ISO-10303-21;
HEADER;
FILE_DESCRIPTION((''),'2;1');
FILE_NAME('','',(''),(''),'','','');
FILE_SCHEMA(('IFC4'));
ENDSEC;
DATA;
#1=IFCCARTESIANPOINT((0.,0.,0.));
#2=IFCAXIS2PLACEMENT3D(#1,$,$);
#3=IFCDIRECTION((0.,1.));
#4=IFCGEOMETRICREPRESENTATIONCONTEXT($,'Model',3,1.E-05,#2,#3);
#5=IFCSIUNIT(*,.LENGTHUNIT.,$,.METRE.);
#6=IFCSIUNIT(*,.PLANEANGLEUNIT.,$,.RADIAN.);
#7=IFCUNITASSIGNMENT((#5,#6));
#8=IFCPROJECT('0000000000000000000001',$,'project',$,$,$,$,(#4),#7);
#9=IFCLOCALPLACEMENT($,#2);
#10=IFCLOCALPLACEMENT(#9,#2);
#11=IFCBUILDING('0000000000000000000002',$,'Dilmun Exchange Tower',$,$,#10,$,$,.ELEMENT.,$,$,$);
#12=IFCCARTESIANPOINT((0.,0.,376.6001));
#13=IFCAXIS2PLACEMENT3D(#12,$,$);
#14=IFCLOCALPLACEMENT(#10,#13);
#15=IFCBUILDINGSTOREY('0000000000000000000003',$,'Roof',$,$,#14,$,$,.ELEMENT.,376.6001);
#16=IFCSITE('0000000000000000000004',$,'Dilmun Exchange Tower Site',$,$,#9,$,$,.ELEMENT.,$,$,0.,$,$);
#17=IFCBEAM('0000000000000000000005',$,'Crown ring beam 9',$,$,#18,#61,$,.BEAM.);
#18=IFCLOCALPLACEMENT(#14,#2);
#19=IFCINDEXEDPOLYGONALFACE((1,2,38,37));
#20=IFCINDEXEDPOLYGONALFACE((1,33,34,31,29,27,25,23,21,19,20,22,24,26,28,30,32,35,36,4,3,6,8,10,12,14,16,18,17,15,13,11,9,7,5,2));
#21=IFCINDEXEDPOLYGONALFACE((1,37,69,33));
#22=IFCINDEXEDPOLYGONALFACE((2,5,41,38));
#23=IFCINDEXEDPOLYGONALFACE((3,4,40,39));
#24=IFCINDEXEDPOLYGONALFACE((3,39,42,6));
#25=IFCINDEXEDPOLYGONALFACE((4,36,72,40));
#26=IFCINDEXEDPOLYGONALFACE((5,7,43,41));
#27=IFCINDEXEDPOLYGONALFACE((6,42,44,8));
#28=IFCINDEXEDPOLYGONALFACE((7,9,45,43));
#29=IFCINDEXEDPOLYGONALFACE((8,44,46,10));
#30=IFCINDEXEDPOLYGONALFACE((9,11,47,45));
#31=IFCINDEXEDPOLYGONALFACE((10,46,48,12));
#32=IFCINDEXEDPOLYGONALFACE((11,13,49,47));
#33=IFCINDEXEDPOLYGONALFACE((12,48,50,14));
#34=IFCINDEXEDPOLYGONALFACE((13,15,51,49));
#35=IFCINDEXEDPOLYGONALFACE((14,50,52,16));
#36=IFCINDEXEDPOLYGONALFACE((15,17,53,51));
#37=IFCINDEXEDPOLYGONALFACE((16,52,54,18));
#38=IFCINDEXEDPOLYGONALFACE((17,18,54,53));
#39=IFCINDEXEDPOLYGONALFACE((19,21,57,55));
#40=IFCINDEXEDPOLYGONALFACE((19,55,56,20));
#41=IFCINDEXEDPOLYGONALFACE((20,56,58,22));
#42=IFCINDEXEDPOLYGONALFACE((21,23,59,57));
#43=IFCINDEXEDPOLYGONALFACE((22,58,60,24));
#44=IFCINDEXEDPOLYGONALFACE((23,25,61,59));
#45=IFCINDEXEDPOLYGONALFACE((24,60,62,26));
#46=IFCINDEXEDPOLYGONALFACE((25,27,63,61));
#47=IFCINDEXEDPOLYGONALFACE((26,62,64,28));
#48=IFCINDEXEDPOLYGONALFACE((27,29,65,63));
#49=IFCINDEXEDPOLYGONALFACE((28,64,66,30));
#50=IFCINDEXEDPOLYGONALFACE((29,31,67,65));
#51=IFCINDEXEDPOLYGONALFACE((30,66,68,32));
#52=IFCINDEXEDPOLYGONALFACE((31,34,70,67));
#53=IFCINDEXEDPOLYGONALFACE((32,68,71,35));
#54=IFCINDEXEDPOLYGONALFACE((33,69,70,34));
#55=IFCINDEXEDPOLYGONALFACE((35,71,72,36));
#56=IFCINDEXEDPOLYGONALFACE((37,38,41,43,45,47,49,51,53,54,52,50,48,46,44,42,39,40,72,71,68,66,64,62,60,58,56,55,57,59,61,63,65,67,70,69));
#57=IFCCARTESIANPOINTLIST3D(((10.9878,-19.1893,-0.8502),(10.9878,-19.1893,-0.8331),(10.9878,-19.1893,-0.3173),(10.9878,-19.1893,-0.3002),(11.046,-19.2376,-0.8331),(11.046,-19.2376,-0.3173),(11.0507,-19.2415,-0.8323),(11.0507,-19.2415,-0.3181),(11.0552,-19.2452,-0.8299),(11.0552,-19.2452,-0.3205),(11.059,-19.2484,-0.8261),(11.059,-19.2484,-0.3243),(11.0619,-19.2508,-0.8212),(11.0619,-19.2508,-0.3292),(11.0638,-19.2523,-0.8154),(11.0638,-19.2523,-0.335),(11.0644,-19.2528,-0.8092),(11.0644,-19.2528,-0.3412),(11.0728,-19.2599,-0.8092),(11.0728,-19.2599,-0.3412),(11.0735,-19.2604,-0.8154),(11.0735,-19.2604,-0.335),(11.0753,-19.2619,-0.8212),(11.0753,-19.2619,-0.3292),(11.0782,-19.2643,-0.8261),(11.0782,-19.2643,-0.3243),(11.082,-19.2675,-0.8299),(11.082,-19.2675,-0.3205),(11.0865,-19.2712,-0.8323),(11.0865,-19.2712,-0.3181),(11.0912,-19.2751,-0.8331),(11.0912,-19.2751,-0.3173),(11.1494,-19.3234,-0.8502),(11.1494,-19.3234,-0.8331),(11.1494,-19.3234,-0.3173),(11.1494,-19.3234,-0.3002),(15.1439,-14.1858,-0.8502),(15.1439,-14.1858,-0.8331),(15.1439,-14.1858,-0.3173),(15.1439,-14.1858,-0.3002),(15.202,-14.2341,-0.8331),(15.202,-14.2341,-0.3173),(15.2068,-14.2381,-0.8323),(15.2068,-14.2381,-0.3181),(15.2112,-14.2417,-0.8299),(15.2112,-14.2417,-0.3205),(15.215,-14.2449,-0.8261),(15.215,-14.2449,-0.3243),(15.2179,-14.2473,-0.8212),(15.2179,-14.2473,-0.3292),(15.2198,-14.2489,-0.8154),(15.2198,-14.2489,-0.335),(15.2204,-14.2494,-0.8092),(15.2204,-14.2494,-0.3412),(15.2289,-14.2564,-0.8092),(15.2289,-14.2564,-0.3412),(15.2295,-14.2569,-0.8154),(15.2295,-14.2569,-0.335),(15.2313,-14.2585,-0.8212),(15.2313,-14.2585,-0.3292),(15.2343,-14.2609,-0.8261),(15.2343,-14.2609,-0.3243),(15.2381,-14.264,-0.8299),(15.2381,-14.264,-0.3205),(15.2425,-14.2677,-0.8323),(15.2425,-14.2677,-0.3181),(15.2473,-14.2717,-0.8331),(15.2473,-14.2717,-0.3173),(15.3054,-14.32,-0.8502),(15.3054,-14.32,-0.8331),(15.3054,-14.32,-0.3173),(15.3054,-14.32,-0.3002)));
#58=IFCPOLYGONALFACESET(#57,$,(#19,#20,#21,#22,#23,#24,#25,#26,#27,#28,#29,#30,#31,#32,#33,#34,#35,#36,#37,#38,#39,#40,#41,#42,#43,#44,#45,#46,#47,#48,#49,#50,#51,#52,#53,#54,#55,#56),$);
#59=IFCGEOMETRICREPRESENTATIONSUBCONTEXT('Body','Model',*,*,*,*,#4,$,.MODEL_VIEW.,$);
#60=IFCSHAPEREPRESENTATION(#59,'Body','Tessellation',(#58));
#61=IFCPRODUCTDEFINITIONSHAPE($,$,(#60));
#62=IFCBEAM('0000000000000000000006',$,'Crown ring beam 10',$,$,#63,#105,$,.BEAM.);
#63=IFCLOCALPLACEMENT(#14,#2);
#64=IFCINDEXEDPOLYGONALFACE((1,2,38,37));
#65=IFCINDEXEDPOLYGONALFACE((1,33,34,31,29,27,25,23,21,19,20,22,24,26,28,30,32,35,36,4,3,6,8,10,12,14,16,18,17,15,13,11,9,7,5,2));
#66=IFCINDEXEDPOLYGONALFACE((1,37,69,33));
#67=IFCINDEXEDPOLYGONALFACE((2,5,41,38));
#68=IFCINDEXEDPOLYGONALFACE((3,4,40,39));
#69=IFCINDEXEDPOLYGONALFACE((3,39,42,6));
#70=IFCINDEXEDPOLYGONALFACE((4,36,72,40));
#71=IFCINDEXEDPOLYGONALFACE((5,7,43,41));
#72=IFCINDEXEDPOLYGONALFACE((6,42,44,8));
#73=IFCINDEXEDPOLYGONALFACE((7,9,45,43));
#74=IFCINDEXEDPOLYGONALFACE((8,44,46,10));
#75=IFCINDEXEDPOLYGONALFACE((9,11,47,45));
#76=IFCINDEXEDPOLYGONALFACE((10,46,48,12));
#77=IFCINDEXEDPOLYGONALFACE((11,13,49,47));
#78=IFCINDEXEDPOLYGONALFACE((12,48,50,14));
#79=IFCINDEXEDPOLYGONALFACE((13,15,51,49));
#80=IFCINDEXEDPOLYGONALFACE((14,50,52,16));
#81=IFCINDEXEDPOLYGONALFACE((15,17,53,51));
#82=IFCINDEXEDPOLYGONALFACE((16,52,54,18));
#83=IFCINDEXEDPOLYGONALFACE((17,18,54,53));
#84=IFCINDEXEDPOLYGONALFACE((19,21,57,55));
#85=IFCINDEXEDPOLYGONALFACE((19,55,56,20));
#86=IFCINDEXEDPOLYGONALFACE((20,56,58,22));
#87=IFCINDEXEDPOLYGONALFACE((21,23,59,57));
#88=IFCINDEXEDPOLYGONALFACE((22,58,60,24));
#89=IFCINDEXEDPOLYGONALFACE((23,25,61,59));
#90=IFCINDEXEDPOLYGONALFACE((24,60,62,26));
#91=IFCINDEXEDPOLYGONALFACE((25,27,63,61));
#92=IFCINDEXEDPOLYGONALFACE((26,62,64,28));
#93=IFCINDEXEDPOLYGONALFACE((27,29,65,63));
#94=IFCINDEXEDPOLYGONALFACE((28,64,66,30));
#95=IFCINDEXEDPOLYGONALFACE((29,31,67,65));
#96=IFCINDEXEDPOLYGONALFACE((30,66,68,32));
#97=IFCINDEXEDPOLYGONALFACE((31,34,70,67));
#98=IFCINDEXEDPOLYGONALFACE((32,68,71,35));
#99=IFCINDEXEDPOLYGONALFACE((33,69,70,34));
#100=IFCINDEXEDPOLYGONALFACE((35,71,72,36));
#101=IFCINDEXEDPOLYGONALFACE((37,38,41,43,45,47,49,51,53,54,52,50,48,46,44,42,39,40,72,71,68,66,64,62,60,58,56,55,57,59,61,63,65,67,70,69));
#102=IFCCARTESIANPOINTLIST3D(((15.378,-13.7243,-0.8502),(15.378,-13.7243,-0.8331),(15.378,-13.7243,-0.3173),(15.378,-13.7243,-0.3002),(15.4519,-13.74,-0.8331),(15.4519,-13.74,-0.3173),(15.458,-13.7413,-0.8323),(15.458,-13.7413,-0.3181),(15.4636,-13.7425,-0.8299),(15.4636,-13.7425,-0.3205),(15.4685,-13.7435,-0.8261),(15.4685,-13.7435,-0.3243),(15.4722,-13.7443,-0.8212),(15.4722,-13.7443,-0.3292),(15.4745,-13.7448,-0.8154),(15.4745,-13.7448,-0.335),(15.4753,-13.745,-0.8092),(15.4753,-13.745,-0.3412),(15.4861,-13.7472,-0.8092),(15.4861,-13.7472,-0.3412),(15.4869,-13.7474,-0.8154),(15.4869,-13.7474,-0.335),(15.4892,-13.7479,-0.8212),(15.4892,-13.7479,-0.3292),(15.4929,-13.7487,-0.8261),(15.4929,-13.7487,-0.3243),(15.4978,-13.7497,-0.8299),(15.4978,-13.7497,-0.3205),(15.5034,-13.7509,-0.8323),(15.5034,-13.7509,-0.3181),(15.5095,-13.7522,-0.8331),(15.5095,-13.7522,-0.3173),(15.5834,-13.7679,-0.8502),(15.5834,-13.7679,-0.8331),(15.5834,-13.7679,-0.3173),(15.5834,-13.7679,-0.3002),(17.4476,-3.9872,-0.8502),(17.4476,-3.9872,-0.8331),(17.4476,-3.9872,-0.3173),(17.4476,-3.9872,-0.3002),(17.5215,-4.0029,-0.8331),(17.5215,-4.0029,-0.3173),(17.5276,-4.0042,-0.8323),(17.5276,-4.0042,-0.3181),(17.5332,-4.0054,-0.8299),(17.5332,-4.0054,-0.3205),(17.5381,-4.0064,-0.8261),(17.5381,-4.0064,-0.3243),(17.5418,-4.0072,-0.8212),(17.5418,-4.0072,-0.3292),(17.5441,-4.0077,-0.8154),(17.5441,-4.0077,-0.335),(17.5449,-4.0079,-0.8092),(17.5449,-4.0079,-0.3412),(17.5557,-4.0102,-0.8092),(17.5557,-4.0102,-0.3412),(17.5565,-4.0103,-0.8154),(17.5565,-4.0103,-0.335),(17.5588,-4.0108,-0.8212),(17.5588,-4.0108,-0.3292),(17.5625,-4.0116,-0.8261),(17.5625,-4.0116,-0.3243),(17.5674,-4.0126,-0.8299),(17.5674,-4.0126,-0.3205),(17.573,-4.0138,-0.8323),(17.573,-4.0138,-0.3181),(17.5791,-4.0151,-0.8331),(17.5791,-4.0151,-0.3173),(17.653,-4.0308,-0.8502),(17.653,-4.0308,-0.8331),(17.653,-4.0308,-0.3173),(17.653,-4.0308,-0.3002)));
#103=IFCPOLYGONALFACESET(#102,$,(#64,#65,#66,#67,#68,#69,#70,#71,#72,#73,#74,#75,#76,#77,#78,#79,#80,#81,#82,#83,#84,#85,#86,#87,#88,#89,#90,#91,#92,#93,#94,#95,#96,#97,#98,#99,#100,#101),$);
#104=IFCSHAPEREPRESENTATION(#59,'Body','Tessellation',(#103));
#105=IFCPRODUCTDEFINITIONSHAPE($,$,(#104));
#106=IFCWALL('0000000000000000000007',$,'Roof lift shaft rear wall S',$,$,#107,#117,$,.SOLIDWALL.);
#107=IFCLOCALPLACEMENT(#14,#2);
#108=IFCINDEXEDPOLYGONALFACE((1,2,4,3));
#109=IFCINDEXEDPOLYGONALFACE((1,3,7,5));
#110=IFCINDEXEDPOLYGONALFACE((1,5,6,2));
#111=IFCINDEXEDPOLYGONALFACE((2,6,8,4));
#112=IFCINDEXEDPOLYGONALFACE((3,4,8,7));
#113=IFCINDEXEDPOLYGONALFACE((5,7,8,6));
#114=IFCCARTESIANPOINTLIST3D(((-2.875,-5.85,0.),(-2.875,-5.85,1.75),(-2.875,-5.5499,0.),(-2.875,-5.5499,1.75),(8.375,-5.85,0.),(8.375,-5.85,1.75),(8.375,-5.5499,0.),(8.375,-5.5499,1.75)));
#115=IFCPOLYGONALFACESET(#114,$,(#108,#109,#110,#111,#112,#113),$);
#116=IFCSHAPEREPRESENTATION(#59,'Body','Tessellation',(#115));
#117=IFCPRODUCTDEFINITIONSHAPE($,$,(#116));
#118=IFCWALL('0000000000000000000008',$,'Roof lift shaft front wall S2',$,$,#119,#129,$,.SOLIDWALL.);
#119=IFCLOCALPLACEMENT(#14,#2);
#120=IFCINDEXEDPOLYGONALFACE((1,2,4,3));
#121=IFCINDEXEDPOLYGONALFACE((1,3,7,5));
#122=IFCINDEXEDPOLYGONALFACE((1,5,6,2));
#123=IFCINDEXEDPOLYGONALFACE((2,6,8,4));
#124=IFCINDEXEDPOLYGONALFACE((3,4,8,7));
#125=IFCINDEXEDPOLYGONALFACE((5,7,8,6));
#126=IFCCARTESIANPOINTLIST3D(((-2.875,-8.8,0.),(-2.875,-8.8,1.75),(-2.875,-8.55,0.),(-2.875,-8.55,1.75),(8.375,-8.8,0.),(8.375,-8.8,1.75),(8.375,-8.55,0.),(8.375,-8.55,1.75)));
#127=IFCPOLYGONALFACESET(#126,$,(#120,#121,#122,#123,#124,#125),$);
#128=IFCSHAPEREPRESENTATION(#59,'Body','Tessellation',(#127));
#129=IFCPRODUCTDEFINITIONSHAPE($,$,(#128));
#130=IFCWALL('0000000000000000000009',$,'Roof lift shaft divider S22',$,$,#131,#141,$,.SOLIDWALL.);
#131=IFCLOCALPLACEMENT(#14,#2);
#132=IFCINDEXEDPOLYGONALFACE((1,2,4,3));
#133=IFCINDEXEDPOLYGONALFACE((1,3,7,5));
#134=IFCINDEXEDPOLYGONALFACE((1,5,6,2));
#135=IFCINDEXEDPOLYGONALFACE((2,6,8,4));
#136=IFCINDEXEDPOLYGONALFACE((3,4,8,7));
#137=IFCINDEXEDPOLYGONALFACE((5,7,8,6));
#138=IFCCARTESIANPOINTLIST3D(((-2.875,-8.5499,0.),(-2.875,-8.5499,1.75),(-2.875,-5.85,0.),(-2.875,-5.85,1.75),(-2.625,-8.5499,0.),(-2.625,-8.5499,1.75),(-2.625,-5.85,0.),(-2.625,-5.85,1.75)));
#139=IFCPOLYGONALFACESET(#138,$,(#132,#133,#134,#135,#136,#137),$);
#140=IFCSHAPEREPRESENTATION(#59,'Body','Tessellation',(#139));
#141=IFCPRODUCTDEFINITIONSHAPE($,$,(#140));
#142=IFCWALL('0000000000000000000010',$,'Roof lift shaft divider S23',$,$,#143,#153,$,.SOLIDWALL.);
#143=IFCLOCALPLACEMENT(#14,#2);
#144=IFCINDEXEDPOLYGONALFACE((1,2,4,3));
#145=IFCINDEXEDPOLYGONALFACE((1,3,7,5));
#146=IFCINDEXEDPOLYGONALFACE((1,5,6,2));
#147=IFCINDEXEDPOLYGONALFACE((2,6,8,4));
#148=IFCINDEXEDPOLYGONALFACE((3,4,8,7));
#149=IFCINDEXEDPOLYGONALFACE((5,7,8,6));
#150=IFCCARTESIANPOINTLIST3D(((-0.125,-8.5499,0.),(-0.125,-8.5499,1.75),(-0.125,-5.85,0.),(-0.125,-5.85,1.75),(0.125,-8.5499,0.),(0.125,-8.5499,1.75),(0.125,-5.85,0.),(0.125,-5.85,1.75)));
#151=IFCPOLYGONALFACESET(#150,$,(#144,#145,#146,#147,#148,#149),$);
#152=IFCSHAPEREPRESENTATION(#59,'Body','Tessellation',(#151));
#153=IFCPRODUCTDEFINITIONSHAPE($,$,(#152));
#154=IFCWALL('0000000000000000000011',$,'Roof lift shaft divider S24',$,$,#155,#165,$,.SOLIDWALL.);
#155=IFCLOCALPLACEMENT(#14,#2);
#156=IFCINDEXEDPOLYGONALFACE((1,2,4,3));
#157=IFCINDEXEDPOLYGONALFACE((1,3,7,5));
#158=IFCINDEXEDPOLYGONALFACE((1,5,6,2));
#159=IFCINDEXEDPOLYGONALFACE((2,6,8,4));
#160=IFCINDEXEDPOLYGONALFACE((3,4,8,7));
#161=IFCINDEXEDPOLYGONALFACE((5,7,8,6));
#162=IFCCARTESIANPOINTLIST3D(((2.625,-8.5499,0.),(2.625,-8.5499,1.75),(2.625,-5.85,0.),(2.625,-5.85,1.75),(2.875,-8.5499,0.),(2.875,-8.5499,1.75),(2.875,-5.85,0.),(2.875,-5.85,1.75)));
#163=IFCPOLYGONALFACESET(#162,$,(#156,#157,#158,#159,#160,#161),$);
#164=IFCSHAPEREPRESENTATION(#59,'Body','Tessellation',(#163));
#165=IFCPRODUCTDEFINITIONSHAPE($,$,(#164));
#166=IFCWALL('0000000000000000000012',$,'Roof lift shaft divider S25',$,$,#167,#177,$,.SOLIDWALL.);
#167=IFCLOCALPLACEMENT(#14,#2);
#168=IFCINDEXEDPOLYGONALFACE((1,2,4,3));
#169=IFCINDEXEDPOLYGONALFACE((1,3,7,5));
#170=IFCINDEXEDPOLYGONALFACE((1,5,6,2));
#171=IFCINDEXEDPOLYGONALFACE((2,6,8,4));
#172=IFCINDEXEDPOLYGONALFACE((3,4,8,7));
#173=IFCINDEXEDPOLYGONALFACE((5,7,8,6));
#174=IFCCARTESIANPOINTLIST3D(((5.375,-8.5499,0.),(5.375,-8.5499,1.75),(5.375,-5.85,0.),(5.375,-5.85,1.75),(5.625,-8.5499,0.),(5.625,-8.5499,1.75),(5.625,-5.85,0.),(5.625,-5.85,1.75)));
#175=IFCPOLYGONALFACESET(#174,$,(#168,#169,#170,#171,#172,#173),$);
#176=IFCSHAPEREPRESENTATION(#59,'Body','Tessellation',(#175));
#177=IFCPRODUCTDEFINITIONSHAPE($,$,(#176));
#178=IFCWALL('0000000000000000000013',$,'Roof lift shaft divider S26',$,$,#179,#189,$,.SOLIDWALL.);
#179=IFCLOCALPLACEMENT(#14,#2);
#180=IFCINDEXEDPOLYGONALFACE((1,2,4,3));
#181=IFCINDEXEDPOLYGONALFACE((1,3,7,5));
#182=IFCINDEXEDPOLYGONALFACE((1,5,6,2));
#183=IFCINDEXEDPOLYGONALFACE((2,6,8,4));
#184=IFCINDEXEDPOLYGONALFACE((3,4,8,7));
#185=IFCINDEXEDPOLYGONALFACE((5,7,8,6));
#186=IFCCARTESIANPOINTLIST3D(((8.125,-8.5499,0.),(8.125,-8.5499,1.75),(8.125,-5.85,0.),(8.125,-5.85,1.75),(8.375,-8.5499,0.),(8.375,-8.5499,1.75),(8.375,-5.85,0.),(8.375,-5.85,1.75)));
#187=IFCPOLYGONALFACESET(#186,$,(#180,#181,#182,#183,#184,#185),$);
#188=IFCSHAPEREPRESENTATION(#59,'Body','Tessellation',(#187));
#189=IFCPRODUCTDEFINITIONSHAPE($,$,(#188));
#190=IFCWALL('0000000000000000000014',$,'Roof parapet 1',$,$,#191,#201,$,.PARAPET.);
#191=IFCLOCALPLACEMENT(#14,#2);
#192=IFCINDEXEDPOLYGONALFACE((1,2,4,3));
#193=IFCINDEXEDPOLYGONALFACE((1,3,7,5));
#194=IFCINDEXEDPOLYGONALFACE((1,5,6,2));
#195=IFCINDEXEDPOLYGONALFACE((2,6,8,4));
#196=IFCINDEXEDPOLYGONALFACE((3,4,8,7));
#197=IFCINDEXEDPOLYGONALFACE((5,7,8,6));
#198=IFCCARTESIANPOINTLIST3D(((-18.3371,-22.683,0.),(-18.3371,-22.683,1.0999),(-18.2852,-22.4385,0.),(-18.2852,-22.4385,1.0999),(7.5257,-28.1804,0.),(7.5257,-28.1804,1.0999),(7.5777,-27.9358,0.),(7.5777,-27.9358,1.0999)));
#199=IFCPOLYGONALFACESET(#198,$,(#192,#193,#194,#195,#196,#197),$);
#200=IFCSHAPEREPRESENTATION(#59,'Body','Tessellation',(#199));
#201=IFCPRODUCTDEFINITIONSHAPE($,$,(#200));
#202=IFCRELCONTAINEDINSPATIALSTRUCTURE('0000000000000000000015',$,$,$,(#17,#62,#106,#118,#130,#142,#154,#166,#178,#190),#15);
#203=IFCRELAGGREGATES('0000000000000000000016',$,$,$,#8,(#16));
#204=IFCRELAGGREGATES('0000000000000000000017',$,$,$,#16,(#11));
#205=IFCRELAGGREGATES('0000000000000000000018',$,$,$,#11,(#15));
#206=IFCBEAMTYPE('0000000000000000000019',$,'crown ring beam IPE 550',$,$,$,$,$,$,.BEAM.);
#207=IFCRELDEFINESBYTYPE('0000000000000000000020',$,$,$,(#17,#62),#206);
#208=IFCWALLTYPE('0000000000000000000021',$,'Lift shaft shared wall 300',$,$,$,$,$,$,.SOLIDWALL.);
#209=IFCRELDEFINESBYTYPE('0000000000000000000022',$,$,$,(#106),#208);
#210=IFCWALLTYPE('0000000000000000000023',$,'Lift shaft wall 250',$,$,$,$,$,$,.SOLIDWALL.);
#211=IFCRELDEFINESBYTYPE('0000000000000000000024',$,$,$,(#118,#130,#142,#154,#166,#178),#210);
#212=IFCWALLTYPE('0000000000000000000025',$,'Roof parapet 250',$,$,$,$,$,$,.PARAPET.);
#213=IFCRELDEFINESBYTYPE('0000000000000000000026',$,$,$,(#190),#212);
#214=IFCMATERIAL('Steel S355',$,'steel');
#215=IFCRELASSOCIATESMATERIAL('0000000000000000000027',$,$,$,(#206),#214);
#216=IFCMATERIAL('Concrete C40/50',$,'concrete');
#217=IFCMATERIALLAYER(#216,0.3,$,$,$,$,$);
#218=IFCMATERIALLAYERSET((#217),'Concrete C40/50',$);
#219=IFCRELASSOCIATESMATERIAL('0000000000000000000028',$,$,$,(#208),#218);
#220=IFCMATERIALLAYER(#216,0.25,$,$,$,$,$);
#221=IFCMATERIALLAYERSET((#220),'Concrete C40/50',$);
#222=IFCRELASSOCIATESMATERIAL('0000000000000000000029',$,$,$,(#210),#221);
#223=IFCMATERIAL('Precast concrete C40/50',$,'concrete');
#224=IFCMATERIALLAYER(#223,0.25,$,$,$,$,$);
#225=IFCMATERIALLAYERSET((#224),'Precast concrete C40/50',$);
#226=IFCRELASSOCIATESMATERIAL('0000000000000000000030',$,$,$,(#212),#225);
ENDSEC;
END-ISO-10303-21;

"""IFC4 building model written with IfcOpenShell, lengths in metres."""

from ifc_helpers import new_model, si_unit, direction, frame, frame_2d, origin, origin_2d, place, context, subcontext, project, spatial, rectangle, i_section, extrude, material, layer, layer_set, material_profile, profile_set, type_object, element, save


model = new_model("IFC4")

# Units and contexts
model_context = context("Model", 3, precision=1e-05, world=origin(), true_north=direction((0.0, 1.0)))
body_context = subcontext(model_context, "Body", "Model", "MODEL_VIEW")
ifc_project = project(units=[si_unit("LENGTHUNIT", "METRE"), si_unit("PLANEANGLEUNIT", "RADIAN")], contexts=[model_context])

# Site, building, storey
site_placement = place(None, origin())
site = spatial("IfcSite", under=ifc_project, at=site_placement, Name="Dilmun Exchange Tower Site", CompositionType="ELEMENT", RefElevation=0.0)
building_placement = place(site_placement, origin())
building = spatial("IfcBuilding", under=site, at=building_placement, Name="Dilmun Exchange Tower", CompositionType="ELEMENT")
storey_placement = place(building_placement, frame((0.0, 0.0, 376.6001)))
storey = spatial("IfcBuildingStorey", under=building, at=storey_placement, Name="Roof", CompositionType="ELEMENT", Elevation=376.6001)

# Beams
ifc_material_1 = material(Name="Steel S355", Category="steel")
ifc_material_profile_1 = material_profile(ifc_material_1, i_section(OverallWidth=0.21, OverallDepth=0.55, WebThickness=0.011, FlangeThickness=0.0171, FilletRadius=0.0239, at=origin_2d()), Name="IPE 550")
ifc_profile_set_1 = profile_set([ifc_material_profile_1], Name="Steel S355")
beam_type_1 = type_object("IfcBeamType", Name="crown ring beam IPE 550", PredefinedType="BEAM", material=ifc_profile_set_1)
beam_1_placement = place(storey_placement, frame((11.0686, -19.2563, -0.5752), z_axis=(0.638958, 0.769242, 0.0), x_axis=(-0.769242, 0.638958, 0.0)))
element("IfcBeam", 1, at=beam_1_placement, inside=storey, type_object=beam_type_1, Name="Crown ring beam 9", PredefinedType="BEAM", context=body_context, shape_type="SweptSolid", body=[
    extrude(i_section(OverallWidth=0.21, OverallDepth=0.55, WebThickness=0.011, FlangeThickness=0.0171, FilletRadius=0.0239, at=origin_2d()), origin(), (0.0, 0.0, 1.0), 6.5044),
])
beam_2_placement = place(storey_placement, frame((15.4807, -13.7461, -0.5752), z_axis=(0.207902, 0.97815, 0.0), x_axis=(-0.97815, 0.207902, 0.0)))
element("IfcBeam", 2, at=beam_2_placement, inside=storey, type_object=beam_type_1, Name="Crown ring beam 10", PredefinedType="BEAM", context=body_context, shape_type="SweptSolid", body=[
    extrude(i_section(OverallWidth=0.21, OverallDepth=0.55, WebThickness=0.011, FlangeThickness=0.0171, FilletRadius=0.0239, at=origin_2d()), origin(), (0.0, 0.0, 1.0), 9.9546),
])

# Walls
ifc_material_2 = material(Name="Concrete C40/50", Category="concrete")
ifc_layer_1 = layer(ifc_material_2, 0.3)
ifc_layer_set_1 = layer_set([ifc_layer_1], Name="Concrete C40/50")
wall_type_1 = type_object("IfcWallType", Name="Lift shaft shared wall 300", PredefinedType="SOLIDWALL", material=ifc_layer_set_1)
wall_1_placement = place(storey_placement, frame((-2.875, -5.7, 0.0), z_axis=(0.0, 0.0, 1.0), x_axis=(1.0, 0.0, 0.0)))
element("IfcWall", 3, at=wall_1_placement, inside=storey, type_object=wall_type_1, Name="Roof lift shaft rear wall S", PredefinedType="SOLIDWALL", context=body_context, shape_type="SweptSolid", body=[
    extrude(rectangle(XDim=11.25, YDim=0.3, at=frame_2d((5.625, 0.0))), origin(), (0.0, 0.0, 1.0), 1.75),
])
ifc_layer_2 = layer(ifc_material_2, 0.25)
ifc_layer_set_2 = layer_set([ifc_layer_2], Name="Concrete C40/50")
wall_type_2 = type_object("IfcWallType", Name="Lift shaft wall 250", PredefinedType="SOLIDWALL", material=ifc_layer_set_2)
wall_2_placement = place(storey_placement, frame((-2.875, -8.675, 0.0), z_axis=(0.0, 0.0, 1.0), x_axis=(1.0, 0.0, 0.0)))
element("IfcWall", 4, at=wall_2_placement, inside=storey, type_object=wall_type_2, Name="Roof lift shaft front wall S2", PredefinedType="SOLIDWALL", context=body_context, shape_type="SweptSolid", body=[
    extrude(rectangle(XDim=11.25, YDim=0.25, at=frame_2d((5.625, 0.0))), origin(), (0.0, 0.0, 1.0), 1.75),
])
for number, where, z_axis, x_axis, name in (
    (5, (-2.75, -8.55, 0.0), (0.0, 0.0, 1.0), (0.0, 1.0, 0.0), "Roof lift shaft divider S22"),
    (6, (0.0, -8.55, 0.0), (0.0, 0.0, 1.0), (0.0, 1.0, 0.0), "Roof lift shaft divider S23"),
    (7, (2.75, -8.55, 0.0), (0.0, 0.0, 1.0), (0.0, 1.0, 0.0), "Roof lift shaft divider S24"),
    (8, (5.5, -8.55, 0.0), (0.0, 0.0, 1.0), (0.0, 1.0, 0.0), "Roof lift shaft divider S25"),
    (9, (8.25, -8.55, 0.0), (0.0, 0.0, 1.0), (0.0, 1.0, 0.0), "Roof lift shaft divider S26"),
):
    element("IfcWall", number, at=place(storey_placement, frame(where, z_axis=z_axis, x_axis=x_axis)), inside=storey, type_object=wall_type_2, Name=name, PredefinedType="SOLIDWALL", context=body_context, shape_type="SweptSolid", body=[
        extrude(rectangle(XDim=2.7, YDim=0.25, at=frame_2d((1.3501, 0.0))), origin(), (0.0, 0.0, 1.0), 1.75),
    ])
ifc_material_3 = material(Name="Precast concrete C40/50", Category="concrete")
ifc_layer_3 = layer(ifc_material_3, 0.25)
ifc_layer_set_3 = layer_set([ifc_layer_3], Name="Precast concrete C40/50")
wall_type_3 = type_object("IfcWallType", Name="Roof parapet 250", PredefinedType="PARAPET", material=ifc_layer_set_3)
wall_3_placement = place(storey_placement, frame((-18.311, -22.5608, 0.0), z_axis=(0.0, 0.0, 1.0), x_axis=(0.978148, -0.207912, 0.0)))
element("IfcWall", 10, at=wall_3_placement, inside=storey, type_object=wall_type_3, Name="Roof parapet 1", PredefinedType="PARAPET", context=body_context, shape_type="SweptSolid", body=[
    extrude(rectangle(XDim=26.4407, YDim=0.25, at=frame_2d((13.2202, 0.0))), origin(), (0.0, 0.0, 1.0), 1.0999),
])

save(model, "model.ifc")
